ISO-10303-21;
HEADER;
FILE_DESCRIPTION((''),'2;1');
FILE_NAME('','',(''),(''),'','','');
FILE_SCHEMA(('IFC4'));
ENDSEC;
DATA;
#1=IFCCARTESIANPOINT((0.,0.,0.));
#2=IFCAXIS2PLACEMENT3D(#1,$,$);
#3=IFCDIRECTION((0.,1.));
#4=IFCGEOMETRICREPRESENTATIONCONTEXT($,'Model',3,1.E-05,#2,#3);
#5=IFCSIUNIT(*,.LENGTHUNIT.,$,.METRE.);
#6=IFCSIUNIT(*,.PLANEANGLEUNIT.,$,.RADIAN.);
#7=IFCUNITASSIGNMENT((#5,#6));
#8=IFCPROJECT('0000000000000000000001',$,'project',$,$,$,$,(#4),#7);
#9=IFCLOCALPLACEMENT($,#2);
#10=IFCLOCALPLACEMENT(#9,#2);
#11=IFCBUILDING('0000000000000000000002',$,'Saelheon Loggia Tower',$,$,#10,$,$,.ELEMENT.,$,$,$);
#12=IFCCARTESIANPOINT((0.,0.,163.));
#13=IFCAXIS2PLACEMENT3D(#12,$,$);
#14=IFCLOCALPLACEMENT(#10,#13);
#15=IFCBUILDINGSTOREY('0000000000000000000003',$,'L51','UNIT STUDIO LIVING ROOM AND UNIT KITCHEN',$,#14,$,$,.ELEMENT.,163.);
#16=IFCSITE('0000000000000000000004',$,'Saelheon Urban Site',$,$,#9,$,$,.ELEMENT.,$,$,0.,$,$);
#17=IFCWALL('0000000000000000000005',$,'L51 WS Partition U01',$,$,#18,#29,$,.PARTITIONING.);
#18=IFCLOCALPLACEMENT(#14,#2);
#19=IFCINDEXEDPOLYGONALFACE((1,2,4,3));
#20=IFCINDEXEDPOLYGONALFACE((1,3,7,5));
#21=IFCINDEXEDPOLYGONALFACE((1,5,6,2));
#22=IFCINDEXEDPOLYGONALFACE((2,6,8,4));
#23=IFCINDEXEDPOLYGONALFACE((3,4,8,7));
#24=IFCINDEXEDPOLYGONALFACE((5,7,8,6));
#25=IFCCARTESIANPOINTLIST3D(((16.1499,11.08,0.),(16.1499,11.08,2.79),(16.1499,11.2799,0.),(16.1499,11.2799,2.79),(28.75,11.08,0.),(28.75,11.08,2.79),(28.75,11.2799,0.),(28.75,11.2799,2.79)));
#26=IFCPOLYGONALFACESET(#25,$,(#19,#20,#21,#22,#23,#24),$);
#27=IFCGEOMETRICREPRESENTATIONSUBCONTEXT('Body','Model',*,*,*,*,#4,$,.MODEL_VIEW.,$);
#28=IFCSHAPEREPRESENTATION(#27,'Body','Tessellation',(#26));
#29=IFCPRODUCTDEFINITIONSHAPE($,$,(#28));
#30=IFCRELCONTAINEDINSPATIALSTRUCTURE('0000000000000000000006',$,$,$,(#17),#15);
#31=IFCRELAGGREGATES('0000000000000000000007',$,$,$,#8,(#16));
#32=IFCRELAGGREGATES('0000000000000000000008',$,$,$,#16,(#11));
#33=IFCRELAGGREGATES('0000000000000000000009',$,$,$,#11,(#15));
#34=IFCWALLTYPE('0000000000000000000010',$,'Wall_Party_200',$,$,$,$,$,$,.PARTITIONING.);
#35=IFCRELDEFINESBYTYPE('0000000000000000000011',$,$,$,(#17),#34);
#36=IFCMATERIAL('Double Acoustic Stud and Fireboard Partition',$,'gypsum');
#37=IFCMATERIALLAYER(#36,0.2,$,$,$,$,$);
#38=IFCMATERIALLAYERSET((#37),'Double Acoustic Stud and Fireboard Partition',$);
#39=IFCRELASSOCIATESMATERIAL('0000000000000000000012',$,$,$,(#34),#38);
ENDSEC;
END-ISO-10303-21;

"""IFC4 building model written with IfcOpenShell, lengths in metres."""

from ifc_helpers import new_model, si_unit, direction, frame, frame_2d, origin, place, context, subcontext, project, spatial, rectangle, extrude, material, layer, layer_set, type_object, element, save


model = new_model("IFC4")

# Units and contexts
model_context = context("Model", 3, precision=1e-05, world=origin(), true_north=direction((0.0, 1.0)))
body_context = subcontext(model_context, "Body", "Model", "MODEL_VIEW")
ifc_project = project(units=[si_unit("LENGTHUNIT", "METRE"), si_unit("PLANEANGLEUNIT", "RADIAN")], contexts=[model_context])

# Site, building, storey
site_placement = place(None, origin())
site = spatial("IfcSite", under=ifc_project, at=site_placement, Name="Saelheon Urban Site", CompositionType="ELEMENT", RefElevation=0.0)
building_placement = place(site_placement, origin())
building = spatial("IfcBuilding", under=site, at=building_placement, Name="Saelheon Loggia Tower", CompositionType="ELEMENT")
storey_placement = place(building_placement, frame((0.0, 0.0, 163.0)))
storey = spatial("IfcBuildingStorey", under=building, at=storey_placement, Name="L51", Description="UNIT STUDIO LIVING ROOM AND UNIT KITCHEN", CompositionType="ELEMENT", Elevation=163.0)

# Wall
ifc_material_1 = material(Name="Double Acoustic Stud and Fireboard Partition", Category="gypsum")
ifc_layer_1 = layer(ifc_material_1, 0.2)
ifc_layer_set_1 = layer_set([ifc_layer_1], Name="Double Acoustic Stud and Fireboard Partition")
wall_type_1 = type_object("IfcWallType", Name="Wall_Party_200", PredefinedType="PARTITIONING", material=ifc_layer_set_1)
wall_1_placement = place(storey_placement, frame((28.75, 11.1799, 0.0), z_axis=(0.0, 0.0, 1.0), x_axis=(-1.0, 0.0, 0.0)))
element("IfcWall", 1, at=wall_1_placement, inside=storey, type_object=wall_type_1, Name="L51 WS Partition U01", PredefinedType="PARTITIONING", context=body_context, shape_type="SweptSolid", body=[
    extrude(rectangle(XDim=12.6001, YDim=0.2, at=frame_2d((6.3, 0.0))), origin(), (0.0, 0.0, 1.0), 2.79),
])

save(model, "model.ifc")
